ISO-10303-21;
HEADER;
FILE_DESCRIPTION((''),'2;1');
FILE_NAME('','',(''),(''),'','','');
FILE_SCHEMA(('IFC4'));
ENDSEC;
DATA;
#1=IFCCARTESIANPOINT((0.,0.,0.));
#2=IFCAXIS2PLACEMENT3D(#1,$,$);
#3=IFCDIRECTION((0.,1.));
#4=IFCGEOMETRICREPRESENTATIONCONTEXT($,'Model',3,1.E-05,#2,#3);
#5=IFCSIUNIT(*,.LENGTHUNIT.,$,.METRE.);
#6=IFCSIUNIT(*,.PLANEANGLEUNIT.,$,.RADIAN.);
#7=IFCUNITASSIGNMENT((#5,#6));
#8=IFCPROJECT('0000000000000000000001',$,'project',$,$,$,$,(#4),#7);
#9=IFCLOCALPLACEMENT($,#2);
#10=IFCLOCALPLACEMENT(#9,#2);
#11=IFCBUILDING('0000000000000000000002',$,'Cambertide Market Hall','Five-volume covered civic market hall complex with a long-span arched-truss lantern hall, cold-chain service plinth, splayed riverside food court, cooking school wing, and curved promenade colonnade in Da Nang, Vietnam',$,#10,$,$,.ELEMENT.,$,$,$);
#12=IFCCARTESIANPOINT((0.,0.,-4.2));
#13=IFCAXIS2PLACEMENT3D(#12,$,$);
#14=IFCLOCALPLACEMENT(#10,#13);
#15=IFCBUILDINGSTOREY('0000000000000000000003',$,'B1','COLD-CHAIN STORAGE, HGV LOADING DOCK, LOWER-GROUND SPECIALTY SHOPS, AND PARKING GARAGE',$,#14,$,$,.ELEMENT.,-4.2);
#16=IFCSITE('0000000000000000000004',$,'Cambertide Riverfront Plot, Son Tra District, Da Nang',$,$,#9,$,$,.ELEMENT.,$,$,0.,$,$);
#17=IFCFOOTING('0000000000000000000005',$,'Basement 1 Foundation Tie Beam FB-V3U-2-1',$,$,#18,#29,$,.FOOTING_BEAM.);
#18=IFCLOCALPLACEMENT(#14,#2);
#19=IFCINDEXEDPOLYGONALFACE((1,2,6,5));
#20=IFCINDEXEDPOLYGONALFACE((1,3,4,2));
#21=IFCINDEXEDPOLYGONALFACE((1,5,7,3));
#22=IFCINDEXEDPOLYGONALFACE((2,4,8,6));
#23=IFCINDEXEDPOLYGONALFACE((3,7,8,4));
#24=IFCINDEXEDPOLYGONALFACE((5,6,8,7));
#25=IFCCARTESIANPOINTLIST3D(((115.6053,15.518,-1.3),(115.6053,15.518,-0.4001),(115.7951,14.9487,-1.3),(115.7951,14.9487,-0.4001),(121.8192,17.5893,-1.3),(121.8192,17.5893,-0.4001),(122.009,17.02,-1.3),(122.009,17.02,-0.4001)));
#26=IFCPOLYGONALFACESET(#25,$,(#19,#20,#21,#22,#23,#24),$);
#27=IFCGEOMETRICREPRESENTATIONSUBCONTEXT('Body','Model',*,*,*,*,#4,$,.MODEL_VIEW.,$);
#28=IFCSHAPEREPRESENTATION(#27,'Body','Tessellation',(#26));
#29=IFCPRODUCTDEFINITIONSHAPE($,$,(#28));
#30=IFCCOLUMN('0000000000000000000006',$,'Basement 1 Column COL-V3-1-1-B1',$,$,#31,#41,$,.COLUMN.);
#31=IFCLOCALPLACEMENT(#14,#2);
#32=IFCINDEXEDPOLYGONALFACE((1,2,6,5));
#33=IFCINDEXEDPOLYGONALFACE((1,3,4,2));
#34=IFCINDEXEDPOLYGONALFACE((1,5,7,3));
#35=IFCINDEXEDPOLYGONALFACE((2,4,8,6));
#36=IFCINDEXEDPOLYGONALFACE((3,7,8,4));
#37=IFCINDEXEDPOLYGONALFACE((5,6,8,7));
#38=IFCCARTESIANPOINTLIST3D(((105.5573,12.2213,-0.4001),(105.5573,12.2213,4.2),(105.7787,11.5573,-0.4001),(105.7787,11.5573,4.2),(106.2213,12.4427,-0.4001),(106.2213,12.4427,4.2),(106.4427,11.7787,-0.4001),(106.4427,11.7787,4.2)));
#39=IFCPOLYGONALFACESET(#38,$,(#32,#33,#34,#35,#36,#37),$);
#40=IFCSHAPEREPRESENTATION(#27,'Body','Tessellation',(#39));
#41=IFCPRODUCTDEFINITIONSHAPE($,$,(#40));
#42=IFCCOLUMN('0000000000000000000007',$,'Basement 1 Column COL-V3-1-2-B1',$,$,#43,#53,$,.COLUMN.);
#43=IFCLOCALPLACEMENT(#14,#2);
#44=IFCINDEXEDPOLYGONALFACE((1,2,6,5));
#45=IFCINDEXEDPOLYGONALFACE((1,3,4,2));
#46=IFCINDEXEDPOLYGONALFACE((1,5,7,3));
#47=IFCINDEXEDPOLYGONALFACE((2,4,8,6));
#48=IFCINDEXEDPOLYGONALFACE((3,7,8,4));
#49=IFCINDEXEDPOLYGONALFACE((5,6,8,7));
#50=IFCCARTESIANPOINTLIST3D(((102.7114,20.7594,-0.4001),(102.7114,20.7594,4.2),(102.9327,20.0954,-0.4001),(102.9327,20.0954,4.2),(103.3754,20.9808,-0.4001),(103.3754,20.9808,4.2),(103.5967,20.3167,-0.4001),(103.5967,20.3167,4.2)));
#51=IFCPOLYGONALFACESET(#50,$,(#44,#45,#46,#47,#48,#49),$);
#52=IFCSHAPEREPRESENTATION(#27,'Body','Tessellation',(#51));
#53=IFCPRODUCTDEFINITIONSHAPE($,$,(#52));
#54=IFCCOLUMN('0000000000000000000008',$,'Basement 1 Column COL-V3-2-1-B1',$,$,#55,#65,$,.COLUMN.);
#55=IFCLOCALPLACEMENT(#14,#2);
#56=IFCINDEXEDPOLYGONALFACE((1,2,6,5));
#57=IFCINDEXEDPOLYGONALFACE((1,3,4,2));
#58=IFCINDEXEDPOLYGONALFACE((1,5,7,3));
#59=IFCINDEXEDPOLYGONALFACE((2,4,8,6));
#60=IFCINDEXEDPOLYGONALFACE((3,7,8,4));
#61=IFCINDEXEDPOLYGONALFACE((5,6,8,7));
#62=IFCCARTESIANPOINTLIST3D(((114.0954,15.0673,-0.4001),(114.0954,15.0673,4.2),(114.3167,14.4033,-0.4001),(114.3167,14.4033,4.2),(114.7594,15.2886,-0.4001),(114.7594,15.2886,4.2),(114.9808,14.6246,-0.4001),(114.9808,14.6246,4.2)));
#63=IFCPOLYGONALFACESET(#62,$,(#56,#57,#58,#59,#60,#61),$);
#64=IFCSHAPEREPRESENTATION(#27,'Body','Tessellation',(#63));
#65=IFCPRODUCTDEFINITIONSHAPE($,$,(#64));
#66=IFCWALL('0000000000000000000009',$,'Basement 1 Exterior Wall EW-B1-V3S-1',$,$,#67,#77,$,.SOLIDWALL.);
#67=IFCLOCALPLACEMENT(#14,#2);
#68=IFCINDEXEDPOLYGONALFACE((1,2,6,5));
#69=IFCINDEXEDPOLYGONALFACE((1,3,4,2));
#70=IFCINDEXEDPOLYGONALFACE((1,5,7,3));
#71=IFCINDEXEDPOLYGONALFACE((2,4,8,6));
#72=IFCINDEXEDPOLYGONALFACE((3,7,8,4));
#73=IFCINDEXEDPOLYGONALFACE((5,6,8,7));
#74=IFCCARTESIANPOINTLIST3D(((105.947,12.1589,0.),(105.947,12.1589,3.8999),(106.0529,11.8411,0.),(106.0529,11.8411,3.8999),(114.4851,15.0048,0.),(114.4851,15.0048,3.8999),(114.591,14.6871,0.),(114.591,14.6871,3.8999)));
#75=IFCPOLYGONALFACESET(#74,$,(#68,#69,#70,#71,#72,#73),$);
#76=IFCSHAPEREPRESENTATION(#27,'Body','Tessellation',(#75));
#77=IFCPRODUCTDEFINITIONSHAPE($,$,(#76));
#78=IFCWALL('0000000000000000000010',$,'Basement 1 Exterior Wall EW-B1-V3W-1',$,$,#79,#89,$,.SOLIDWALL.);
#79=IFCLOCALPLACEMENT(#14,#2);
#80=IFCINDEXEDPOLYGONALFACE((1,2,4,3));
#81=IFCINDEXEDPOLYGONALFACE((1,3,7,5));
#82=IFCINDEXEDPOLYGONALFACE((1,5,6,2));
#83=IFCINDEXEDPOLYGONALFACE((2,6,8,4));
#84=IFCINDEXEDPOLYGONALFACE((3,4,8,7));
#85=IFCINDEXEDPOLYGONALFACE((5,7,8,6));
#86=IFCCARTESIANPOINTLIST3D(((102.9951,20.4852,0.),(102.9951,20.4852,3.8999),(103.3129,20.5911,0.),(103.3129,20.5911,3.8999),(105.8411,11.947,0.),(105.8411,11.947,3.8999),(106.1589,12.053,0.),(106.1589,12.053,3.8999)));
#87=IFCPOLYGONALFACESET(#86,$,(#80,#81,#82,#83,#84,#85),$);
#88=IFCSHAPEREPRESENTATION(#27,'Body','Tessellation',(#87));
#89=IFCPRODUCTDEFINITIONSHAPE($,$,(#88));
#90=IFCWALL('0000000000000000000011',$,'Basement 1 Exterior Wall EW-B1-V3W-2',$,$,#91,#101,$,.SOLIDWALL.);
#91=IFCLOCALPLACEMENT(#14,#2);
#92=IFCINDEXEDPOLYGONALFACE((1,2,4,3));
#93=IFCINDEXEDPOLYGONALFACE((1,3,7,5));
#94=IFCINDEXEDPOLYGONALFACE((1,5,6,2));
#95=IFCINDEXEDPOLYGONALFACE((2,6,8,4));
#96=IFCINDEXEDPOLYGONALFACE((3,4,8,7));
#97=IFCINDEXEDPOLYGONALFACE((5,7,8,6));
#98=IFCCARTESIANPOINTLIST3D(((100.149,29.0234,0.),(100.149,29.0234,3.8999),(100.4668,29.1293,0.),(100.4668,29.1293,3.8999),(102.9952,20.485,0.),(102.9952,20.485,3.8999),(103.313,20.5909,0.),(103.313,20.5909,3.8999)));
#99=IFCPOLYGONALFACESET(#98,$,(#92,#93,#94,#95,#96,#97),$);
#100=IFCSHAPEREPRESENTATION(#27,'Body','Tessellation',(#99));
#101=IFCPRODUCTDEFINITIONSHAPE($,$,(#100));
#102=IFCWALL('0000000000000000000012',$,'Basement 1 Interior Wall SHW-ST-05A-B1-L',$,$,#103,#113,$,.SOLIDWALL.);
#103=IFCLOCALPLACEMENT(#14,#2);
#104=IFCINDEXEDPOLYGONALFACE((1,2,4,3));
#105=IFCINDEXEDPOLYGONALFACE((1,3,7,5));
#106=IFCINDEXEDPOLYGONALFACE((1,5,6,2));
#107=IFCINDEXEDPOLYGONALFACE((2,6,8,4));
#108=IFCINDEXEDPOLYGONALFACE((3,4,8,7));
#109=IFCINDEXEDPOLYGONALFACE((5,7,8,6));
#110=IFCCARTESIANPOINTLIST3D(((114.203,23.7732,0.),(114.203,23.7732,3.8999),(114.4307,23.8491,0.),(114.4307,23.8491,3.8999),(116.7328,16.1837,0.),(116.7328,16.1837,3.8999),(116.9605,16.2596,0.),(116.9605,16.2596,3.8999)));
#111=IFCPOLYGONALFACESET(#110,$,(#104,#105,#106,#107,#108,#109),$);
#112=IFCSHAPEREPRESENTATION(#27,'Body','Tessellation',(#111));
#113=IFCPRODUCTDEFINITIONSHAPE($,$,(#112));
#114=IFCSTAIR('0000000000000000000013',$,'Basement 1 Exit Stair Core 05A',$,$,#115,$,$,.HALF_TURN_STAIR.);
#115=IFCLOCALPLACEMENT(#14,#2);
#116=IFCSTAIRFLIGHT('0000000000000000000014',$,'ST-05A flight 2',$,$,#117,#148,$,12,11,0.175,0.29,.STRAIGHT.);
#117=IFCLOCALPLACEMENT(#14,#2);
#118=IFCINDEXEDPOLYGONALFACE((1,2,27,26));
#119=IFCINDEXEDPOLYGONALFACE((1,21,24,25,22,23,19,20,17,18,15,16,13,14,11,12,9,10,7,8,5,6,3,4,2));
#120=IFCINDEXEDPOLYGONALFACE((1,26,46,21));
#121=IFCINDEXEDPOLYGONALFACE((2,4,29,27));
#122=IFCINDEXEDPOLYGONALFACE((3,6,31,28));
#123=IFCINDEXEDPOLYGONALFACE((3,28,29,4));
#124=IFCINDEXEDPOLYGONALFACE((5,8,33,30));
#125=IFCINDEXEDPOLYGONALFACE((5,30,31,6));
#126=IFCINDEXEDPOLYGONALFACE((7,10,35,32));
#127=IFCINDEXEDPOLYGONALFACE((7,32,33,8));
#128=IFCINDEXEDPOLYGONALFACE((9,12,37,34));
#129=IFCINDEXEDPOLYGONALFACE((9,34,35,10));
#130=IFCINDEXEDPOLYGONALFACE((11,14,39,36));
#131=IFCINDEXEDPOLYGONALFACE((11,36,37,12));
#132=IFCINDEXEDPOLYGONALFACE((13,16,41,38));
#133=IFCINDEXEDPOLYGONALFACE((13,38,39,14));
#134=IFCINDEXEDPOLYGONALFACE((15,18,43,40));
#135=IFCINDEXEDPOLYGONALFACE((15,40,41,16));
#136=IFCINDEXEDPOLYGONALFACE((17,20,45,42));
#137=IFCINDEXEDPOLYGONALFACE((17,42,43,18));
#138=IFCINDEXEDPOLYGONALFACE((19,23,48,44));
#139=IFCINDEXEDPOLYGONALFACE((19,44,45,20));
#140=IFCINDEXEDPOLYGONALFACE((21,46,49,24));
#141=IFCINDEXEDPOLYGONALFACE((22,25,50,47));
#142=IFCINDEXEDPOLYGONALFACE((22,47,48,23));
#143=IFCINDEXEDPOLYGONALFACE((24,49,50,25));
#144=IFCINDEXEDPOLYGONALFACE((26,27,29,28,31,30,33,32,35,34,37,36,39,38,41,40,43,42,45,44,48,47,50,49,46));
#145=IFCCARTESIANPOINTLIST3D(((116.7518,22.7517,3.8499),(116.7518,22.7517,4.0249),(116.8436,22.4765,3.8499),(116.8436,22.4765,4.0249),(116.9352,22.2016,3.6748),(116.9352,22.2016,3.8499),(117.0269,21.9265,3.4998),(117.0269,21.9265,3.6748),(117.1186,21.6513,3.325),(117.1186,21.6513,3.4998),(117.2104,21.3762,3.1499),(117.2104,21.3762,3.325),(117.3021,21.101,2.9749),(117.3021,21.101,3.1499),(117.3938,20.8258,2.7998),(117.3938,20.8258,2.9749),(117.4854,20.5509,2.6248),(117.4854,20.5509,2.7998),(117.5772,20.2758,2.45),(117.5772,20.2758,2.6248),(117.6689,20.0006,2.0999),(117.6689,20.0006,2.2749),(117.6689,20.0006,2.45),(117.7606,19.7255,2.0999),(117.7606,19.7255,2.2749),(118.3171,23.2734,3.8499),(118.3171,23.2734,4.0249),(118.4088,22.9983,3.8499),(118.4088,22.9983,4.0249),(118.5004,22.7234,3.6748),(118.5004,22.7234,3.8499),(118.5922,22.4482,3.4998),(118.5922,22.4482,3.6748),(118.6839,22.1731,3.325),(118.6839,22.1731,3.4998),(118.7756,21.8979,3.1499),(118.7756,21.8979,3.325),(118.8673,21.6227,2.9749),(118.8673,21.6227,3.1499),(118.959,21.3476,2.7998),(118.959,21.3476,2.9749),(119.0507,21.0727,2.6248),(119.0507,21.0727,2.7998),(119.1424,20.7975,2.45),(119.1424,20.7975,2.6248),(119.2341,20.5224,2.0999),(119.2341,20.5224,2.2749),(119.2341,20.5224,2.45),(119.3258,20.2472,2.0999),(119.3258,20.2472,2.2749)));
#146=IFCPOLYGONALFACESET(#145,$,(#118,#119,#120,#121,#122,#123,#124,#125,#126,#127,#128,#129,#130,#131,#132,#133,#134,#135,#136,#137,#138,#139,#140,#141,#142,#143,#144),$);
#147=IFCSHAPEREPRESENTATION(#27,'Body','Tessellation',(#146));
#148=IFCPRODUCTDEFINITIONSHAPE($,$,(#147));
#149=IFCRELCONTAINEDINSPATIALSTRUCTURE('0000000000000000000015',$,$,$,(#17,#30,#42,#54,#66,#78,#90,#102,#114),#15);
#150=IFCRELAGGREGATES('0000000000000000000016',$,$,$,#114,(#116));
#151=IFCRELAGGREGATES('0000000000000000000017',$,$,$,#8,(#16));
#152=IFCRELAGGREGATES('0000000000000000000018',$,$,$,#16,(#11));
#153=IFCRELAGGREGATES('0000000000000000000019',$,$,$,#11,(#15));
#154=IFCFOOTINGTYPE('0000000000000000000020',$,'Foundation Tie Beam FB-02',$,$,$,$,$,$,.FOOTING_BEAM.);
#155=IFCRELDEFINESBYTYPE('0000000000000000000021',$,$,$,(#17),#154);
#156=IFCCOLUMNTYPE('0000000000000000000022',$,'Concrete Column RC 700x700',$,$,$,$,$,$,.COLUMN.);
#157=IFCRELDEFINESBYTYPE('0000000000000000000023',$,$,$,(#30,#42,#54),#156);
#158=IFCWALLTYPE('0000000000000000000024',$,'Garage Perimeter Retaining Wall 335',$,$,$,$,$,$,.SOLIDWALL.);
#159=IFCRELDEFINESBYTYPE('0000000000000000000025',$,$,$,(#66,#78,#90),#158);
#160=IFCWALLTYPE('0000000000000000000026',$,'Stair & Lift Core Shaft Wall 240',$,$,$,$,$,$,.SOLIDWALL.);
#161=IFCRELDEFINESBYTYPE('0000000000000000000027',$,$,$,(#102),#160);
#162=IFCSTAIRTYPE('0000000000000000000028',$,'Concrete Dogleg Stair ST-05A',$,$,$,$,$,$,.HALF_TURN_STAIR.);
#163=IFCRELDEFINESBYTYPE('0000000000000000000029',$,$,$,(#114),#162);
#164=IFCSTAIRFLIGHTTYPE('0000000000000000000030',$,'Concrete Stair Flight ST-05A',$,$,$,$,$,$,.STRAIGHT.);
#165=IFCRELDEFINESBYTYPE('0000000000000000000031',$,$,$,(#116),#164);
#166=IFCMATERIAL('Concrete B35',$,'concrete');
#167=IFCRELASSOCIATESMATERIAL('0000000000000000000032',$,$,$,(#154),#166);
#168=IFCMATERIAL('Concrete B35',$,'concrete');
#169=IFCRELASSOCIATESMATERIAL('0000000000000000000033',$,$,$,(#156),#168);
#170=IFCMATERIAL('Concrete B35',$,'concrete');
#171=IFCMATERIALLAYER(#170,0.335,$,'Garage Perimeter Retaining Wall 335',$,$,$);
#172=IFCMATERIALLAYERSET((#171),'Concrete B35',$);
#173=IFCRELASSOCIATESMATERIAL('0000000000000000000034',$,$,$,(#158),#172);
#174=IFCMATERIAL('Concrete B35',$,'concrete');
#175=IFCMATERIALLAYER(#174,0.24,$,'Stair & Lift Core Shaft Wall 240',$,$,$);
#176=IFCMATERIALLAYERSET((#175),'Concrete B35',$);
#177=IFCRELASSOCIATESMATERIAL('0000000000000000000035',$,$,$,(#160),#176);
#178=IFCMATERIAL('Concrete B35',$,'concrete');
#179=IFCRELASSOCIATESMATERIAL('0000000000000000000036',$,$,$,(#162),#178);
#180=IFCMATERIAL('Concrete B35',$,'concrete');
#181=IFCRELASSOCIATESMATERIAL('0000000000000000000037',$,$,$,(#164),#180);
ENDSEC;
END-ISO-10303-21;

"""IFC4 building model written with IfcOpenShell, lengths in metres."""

from ifc_helpers import new_model, si_unit, direction, frame, frame_2d, origin, origin_2d, place, context, subcontext, project, spatial, polyline, rectangle, outline, extrude, material, layer, layer_set, material_profile, profile_set, type_object, element, aggregate, save


model = new_model("IFC4")

# Units and contexts
model_context = context("Model", 3, precision=1e-05, world=origin(), true_north=direction((0.0, 1.0)))
body_context = subcontext(model_context, "Body", "Model", "MODEL_VIEW")
ifc_project = project(units=[si_unit("LENGTHUNIT", "METRE"), si_unit("PLANEANGLEUNIT", "RADIAN")], contexts=[model_context])

# Site, building, storey
site_placement = place(None, origin())
site = spatial("IfcSite", under=ifc_project, at=site_placement, Name="Cambertide Riverfront Plot, Son Tra District, Da Nang", CompositionType="ELEMENT", RefElevation=0.0)
building_placement = place(site_placement, origin())
building = spatial("IfcBuilding", under=site, at=building_placement, Name="Cambertide Market Hall", Description="Five-volume covered civic market hall complex with a long-span arched-truss lantern hall, cold-chain service plinth, splayed riverside food court, cooking school wing, and curved promenade colonnade in Da Nang, Vietnam", CompositionType="ELEMENT")
storey_placement = place(building_placement, frame((0.0, 0.0, -4.2)))
storey = spatial("IfcBuildingStorey", under=building, at=storey_placement, Name="B1", Description="COLD-CHAIN STORAGE, HGV LOADING DOCK, LOWER-GROUND SPECIALTY SHOPS, AND PARKING GARAGE", CompositionType="ELEMENT", Elevation=-4.2)

# Footing
ifc_material_1 = material(Name="Concrete B35", Category="concrete")
footing_type_1 = type_object("IfcFootingType", Name="Foundation Tie Beam FB-02", PredefinedType="FOOTING_BEAM", material=ifc_material_1)
for number, where, z_axis, x_axis, name in (
    (1, (118.8071, 16.269, -1.3), (0.0, 0.0, 1.0), (0.948683, 0.316228, 0.0), "Basement 1 Foundation Tie Beam FB-V3U-2-1"),
):
    element("IfcFooting", number, at=place(storey_placement, frame(where, z_axis=z_axis, x_axis=x_axis)), inside=storey, type_object=footing_type_1, Name=name, PredefinedType="FOOTING_BEAM", context=body_context, shape_type="SweptSolid", body=[
        extrude(rectangle(XDim=6.55, YDim=0.6001, at=origin_2d()), origin(), (0.0, 0.0, 1.0), 0.8999),
    ])

# Columns
ifc_material_2 = material(Name="Concrete B35", Category="concrete")
ifc_material_profile_1 = material_profile(ifc_material_2, rectangle(XDim=0.7, YDim=0.7, at=origin_2d()), Name="RC 700x700")
ifc_profile_set_1 = profile_set([ifc_material_profile_1], Name="Concrete B35")
column_type = type_object("IfcColumnType", Name="Concrete Column RC 700x700", PredefinedType="COLUMN", material=ifc_profile_set_1)
for number, where, z_axis, x_axis, name in (
    (2, (106.0, 12.0, -0.4001), (0.0, 0.0, 1.0), (0.948683, 0.316228, 0.0), "Basement 1 Column COL-V3-1-1-B1"),
    (3, (103.1541, 20.5381, -0.4001), (0.0, 0.0, 1.0), (0.948683, 0.316228, 0.0), "Basement 1 Column COL-V3-1-2-B1"),
    (4, (114.5381, 14.8459, -0.4001), (0.0, 0.0, 1.0), (0.948683, 0.316228, 0.0), "Basement 1 Column COL-V3-2-1-B1"),
):
    element("IfcColumn", number, at=place(storey_placement, frame(where, z_axis=z_axis, x_axis=x_axis)), inside=storey, type_object=column_type, Name=name, PredefinedType="COLUMN", context=body_context, shape_type="SweptSolid", body=[
        extrude(rectangle(XDim=0.7, YDim=0.7, at=origin_2d()), origin(), (0.0, 0.0, 1.0), 4.6001),
    ])

# Walls
ifc_material_3 = material(Name="Concrete B35", Category="concrete")
ifc_layer_1 = layer(ifc_material_3, 0.335, Name="Garage Perimeter Retaining Wall 335")
ifc_layer_set_1 = layer_set([ifc_layer_1], Name="Concrete B35")
wall_type_1 = type_object("IfcWallType", Name="Garage Perimeter Retaining Wall 335", PredefinedType="SOLIDWALL", material=ifc_layer_set_1)
for number, where, z_axis, x_axis, name in (
    (5, (114.5381, 14.8459, 0.0), (0.0, 0.0, 1.0), (-0.948686, -0.31622, 0.0), "Basement 1 Exterior Wall EW-B1-V3S-1"),
    (6, (106.0, 12.0, 0.0), (0.0, 0.0, 1.0), (-0.31622, 0.948686, 0.0), "Basement 1 Exterior Wall EW-B1-V3W-1"),
):
    element("IfcWall", number, at=place(storey_placement, frame(where, z_axis=z_axis, x_axis=x_axis)), inside=storey, type_object=wall_type_1, Name=name, PredefinedType="SOLIDWALL", context=body_context, shape_type="SweptSolid", body=[
        extrude(rectangle(XDim=9.0, YDim=0.335, at=frame_2d((4.5, 0.0))), origin(), (0.0, 0.0, 1.0), 3.8999),
    ])
wall_1_placement = place(storey_placement, frame((103.1541, 20.5381, 0.0), z_axis=(0.0, 0.0, 1.0), x_axis=(-0.316236, 0.948681, 0.0)))
element("IfcWall", 7, at=wall_1_placement, inside=storey, type_object=wall_type_1, Name="Basement 1 Exterior Wall EW-B1-V3W-2", PredefinedType="SOLIDWALL", context=body_context, shape_type="SweptSolid", body=[
    extrude(rectangle(XDim=9.0002, YDim=0.335, at=frame_2d((4.5, 0.0))), origin(), (0.0, 0.0, 1.0), 3.8999),
])
ifc_material_4 = material(Name="Concrete B35", Category="concrete")
ifc_layer_2 = layer(ifc_material_4, 0.24, Name="Stair & Lift Core Shaft Wall 240")
ifc_layer_set_2 = layer_set([ifc_layer_2], Name="Concrete B35")
wall_type_2 = type_object("IfcWallType", Name="Stair & Lift Core Shaft Wall 240", PredefinedType="SOLIDWALL", material=ifc_layer_set_2)
wall_2_placement = place(storey_placement, frame((116.8467, 16.2217, 0.0), z_axis=(0.0, 0.0, 1.0), x_axis=(-0.316228, 0.948683, 0.0)))
element("IfcWall", 8, at=wall_2_placement, inside=storey, type_object=wall_type_2, Name="Basement 1 Interior Wall SHW-ST-05A-B1-L", PredefinedType="SOLIDWALL", context=body_context, shape_type="SweptSolid", body=[
    extrude(rectangle(XDim=8.0, YDim=0.24, at=frame_2d((4.0, 0.0))), origin(), (0.0, 0.0, 1.0), 3.8999),
])

# Stair, stair flight
ifc_material_5 = material(Name="Concrete B35", Category="concrete")
stair_type = type_object("IfcStairType", Name="Concrete Dogleg Stair ST-05A", PredefinedType="HALF_TURN_STAIR", material=ifc_material_5)
stair_placement = place(storey_placement, origin())
stair = element("IfcStair", 9, at=stair_placement, inside=storey, type_object=stair_type, Name="Basement 1 Exit Stair Core 05A", PredefinedType="HALF_TURN_STAIR")
ifc_material_6 = material(Name="Concrete B35", Category="concrete")
stair_flight_type = type_object("IfcStairFlightType", Name="Concrete Stair Flight ST-05A", PredefinedType="STRAIGHT", material=ifc_material_6)
stair_flight_placement = place(storey_placement, frame((118.5432, 19.9863, 2.0999), z_axis=(0.0, 0.0, 1.0), x_axis=(-0.316228, 0.948683, 0.0)))
stair_flight = element("IfcStairFlight", 10, at=stair_flight_placement, type_object=stair_flight_type, Name="ST-05A flight 2", NumberOfRisers=12, NumberOfTreads=11, PredefinedType="STRAIGHT", RiserHeight=0.175, TreadLength=0.29, context=body_context, shape_type="SweptSolid", body=[
    extrude(outline(polyline([(0.0, 0.0), (0.0, 0.175), (0.29, 0.175), (0.29, 0.3501), (0.5801, 0.3501), (0.5801, 0.5249), (0.8701, 0.5249), (0.8701, 0.7), (1.1599, 0.7), (1.1599, 0.875), (1.45, 0.875), (1.45, 1.05), (1.74, 1.05), (1.74, 1.2251), (2.03, 1.2251), (2.03, 1.3999), (2.3201, 1.3999), (2.3201, 1.575), (2.6101, 1.575), (2.6101, 1.75), (2.8999, 1.75), (2.8999, 1.925), (3.1899, 1.925), (3.1899, 2.1001), (3.1899, 1.75), (0.29, 0.0), (0.0, 0.0)])), frame((0.0, 0.825, 0.0), z_axis=(0.0, -1.0, 0.0), x_axis=(1.0, 0.0, 0.0)), (0.0, 0.0, 1.0), 1.6499),
])
aggregate(stair, [stair_flight])

save(model, "model.ifc")
